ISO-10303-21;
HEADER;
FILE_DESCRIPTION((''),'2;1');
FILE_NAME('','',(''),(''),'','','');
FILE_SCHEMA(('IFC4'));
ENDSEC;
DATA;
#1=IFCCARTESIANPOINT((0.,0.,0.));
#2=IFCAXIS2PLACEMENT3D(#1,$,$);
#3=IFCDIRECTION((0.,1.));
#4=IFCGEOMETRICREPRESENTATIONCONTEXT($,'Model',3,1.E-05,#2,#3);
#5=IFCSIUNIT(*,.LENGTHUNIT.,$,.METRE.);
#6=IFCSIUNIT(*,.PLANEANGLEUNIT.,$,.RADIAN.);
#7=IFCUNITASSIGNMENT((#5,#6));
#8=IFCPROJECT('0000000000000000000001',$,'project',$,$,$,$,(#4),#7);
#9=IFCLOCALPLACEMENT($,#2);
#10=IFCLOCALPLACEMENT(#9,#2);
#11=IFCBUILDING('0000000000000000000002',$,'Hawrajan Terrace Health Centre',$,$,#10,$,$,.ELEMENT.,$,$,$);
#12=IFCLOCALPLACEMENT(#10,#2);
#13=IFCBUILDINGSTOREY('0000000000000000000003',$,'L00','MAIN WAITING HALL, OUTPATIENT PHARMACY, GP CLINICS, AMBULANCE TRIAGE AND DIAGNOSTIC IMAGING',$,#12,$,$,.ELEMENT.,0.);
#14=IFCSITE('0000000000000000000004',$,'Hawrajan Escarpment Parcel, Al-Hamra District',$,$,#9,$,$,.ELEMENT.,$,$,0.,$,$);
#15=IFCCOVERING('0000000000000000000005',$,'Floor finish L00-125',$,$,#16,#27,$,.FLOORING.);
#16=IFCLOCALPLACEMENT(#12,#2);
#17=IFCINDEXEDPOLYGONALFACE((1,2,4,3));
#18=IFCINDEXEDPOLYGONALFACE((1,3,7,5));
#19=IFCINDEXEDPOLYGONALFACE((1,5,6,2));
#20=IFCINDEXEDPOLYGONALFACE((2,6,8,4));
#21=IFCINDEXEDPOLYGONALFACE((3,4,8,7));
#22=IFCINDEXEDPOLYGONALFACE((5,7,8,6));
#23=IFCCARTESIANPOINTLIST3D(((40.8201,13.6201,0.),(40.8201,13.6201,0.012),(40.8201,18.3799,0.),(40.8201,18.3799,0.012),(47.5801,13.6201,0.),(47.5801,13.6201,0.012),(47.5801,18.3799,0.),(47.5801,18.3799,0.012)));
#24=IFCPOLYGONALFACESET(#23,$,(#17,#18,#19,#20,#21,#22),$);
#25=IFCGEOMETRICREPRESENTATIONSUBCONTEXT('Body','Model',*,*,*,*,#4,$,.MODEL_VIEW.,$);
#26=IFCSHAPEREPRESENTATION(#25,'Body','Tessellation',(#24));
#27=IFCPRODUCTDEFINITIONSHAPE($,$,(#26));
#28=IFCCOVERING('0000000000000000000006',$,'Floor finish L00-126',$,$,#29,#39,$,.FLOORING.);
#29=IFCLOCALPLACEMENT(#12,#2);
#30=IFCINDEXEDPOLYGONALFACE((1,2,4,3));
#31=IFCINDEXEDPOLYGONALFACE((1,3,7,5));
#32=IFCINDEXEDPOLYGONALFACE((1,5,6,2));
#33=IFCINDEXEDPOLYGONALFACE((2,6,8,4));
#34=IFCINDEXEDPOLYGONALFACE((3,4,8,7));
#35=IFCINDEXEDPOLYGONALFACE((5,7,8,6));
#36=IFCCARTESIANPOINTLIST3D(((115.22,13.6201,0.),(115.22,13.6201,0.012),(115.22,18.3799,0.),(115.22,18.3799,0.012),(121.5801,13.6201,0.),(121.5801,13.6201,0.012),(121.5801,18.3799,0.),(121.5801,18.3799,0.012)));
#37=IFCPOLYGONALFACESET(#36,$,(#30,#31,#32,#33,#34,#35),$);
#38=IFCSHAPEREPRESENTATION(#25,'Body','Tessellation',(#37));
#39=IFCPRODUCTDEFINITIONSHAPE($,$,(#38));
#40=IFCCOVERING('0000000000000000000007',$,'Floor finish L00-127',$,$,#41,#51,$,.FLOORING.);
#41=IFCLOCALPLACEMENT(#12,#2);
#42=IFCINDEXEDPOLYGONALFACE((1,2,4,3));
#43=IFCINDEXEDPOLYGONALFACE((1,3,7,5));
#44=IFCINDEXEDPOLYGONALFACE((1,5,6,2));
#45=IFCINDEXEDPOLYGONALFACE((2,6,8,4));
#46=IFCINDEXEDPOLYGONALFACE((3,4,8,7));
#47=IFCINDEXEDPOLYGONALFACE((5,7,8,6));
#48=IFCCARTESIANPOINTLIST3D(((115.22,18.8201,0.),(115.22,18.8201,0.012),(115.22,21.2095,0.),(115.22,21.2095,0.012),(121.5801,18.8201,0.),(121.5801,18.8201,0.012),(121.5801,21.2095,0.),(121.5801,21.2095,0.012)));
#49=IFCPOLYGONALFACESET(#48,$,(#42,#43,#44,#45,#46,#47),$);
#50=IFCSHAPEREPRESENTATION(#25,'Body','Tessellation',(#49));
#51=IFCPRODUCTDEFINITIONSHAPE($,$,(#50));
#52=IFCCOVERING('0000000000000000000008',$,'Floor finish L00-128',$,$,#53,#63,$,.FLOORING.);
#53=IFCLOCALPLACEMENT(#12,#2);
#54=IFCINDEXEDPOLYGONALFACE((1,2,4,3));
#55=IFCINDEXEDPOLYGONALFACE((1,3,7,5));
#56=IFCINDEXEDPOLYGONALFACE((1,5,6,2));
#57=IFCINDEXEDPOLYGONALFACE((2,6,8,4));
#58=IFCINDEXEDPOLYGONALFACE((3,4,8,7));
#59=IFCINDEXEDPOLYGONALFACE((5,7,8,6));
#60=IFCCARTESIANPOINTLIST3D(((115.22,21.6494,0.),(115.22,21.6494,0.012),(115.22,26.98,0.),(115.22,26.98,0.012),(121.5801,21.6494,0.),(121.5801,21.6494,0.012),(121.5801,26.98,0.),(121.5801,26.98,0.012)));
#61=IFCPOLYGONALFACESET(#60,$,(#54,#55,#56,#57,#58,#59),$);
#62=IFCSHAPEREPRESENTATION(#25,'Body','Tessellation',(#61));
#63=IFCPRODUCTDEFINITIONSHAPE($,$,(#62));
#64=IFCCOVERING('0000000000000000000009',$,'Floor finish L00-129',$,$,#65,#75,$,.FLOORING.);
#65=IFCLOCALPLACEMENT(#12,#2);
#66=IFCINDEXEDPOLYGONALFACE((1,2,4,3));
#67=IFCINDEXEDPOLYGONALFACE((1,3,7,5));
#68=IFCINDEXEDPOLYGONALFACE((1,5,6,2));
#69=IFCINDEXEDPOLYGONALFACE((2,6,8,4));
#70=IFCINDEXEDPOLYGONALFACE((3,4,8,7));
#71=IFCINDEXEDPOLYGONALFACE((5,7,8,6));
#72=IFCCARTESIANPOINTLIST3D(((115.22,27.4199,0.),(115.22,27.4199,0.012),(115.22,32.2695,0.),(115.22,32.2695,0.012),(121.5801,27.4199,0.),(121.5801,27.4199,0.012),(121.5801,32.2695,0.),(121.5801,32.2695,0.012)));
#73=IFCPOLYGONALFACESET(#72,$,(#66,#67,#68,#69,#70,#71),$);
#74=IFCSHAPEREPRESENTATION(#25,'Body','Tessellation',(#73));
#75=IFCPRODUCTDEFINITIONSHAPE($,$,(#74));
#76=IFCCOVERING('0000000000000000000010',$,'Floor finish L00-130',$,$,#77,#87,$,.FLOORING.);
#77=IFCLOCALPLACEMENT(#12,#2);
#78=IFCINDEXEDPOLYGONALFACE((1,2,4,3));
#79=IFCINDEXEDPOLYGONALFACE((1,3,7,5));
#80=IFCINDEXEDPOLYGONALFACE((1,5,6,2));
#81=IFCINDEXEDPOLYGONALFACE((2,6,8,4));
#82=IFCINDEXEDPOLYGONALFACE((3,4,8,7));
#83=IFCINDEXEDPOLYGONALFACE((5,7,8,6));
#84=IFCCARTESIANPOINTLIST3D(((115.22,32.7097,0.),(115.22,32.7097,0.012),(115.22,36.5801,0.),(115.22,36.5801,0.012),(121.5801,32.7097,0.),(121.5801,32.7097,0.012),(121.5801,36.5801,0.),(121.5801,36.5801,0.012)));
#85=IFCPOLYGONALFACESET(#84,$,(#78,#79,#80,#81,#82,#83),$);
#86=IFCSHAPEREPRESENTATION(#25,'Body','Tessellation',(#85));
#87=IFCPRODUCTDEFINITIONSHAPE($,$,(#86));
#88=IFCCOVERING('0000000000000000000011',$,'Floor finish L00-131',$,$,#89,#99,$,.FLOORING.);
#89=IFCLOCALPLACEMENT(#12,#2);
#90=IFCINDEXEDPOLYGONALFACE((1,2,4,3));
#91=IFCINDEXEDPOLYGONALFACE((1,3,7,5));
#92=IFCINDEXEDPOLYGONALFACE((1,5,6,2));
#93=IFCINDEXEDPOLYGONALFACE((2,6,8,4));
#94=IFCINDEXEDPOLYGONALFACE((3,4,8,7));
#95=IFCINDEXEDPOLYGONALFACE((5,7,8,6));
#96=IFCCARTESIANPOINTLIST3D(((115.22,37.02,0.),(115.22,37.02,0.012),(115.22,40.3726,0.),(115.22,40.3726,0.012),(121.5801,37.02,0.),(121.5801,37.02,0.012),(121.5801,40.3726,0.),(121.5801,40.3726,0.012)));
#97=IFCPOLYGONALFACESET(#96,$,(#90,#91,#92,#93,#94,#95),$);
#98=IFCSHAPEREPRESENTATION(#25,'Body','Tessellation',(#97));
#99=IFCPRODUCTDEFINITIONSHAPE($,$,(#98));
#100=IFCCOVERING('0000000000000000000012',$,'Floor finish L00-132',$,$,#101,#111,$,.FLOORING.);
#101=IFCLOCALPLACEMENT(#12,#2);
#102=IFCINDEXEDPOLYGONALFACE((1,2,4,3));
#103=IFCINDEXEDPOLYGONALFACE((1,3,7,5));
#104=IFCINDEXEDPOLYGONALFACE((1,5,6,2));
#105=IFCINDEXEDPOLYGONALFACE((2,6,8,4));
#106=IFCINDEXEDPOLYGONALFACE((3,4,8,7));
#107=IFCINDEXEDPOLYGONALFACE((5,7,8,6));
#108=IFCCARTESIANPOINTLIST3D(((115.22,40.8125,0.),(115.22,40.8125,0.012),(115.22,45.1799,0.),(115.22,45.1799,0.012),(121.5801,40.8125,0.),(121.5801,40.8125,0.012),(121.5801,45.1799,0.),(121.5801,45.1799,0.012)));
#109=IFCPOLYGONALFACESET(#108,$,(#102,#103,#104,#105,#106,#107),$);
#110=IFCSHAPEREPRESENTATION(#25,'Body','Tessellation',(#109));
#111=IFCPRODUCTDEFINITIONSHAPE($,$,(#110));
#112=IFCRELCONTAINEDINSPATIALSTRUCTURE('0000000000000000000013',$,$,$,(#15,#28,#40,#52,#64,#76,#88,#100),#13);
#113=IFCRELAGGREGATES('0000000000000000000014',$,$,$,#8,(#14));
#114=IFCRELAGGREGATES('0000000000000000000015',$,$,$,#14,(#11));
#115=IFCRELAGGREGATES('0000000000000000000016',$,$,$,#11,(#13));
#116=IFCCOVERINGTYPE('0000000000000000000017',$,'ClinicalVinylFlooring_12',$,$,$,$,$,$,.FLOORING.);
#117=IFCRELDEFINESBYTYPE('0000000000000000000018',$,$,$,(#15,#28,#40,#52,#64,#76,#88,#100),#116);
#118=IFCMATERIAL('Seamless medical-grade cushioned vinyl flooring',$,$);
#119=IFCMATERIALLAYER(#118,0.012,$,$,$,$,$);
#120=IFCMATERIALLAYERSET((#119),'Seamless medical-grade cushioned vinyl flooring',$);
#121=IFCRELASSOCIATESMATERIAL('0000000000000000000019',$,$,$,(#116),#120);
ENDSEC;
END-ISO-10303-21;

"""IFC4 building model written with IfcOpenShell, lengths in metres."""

from ifc_helpers import new_model, si_unit, direction, origin, place, context, subcontext, project, spatial, polyline, outline, extrude, material, layer, layer_set, type_object, element, save


model = new_model("IFC4")

# Units and contexts
model_context = context("Model", 3, precision=1e-05, world=origin(), true_north=direction((0.0, 1.0)))
body_context = subcontext(model_context, "Body", "Model", "MODEL_VIEW")
ifc_project = project(units=[si_unit("LENGTHUNIT", "METRE"), si_unit("PLANEANGLEUNIT", "RADIAN")], contexts=[model_context])

# Site, building, storey
site_placement = place(None, origin())
site = spatial("IfcSite", under=ifc_project, at=site_placement, Name="Hawrajan Escarpment Parcel, Al-Hamra District", CompositionType="ELEMENT", RefElevation=0.0)
building_placement = place(site_placement, origin())
building = spatial("IfcBuilding", under=site, at=building_placement, Name="Hawrajan Terrace Health Centre", CompositionType="ELEMENT")
storey_placement = place(building_placement, origin())
storey = spatial("IfcBuildingStorey", under=building, at=storey_placement, Name="L00", Description="MAIN WAITING HALL, OUTPATIENT PHARMACY, GP CLINICS, AMBULANCE TRIAGE AND DIAGNOSTIC IMAGING", CompositionType="ELEMENT", Elevation=0.0)

# Coverings
ifc_material = material(Name="Seamless medical-grade cushioned vinyl flooring")
ifc_layer = layer(ifc_material, 0.012)
ifc_layer_set = layer_set([ifc_layer], Name="Seamless medical-grade cushioned vinyl flooring")
covering_type = type_object("IfcCoveringType", Name="ClinicalVinylFlooring_12", PredefinedType="FLOORING", material=ifc_layer_set)
covering_1_placement = place(storey_placement, origin())
element("IfcCovering", 1, at=covering_1_placement, inside=storey, type_object=covering_type, Name="Floor finish L00-125", PredefinedType="FLOORING", context=body_context, shape_type="SweptSolid", body=[
    extrude(outline(polyline([(40.8201, 18.3799), (47.5801, 18.3799), (47.5801, 13.6201), (40.8201, 13.6201), (40.8201, 18.3799)])), origin(), (0.0, 0.0, 1.0), 0.012),
])
covering_2_placement = place(storey_placement, origin())
element("IfcCovering", 2, at=covering_2_placement, inside=storey, type_object=covering_type, Name="Floor finish L00-126", PredefinedType="FLOORING", context=body_context, shape_type="SweptSolid", body=[
    extrude(outline(polyline([(115.22, 18.3799), (121.5801, 18.3799), (121.5801, 13.6201), (115.22, 13.6201), (115.22, 18.3799)])), origin(), (0.0, 0.0, 1.0), 0.012),
])
covering_3_placement = place(storey_placement, origin())
element("IfcCovering", 3, at=covering_3_placement, inside=storey, type_object=covering_type, Name="Floor finish L00-127", PredefinedType="FLOORING", context=body_context, shape_type="SweptSolid", body=[
    extrude(outline(polyline([(115.22, 21.2095), (121.5801, 21.2095), (121.5801, 18.8201), (115.22, 18.8201), (115.22, 21.2095)])), origin(), (0.0, 0.0, 1.0), 0.012),
])
covering_4_placement = place(storey_placement, origin())
element("IfcCovering", 4, at=covering_4_placement, inside=storey, type_object=covering_type, Name="Floor finish L00-128", PredefinedType="FLOORING", context=body_context, shape_type="SweptSolid", body=[
    extrude(outline(polyline([(115.22, 26.98), (121.5801, 26.98), (121.5801, 21.6494), (115.22, 21.6494), (115.22, 26.98)])), origin(), (0.0, 0.0, 1.0), 0.012),
])
covering_5_placement = place(storey_placement, origin())
element("IfcCovering", 5, at=covering_5_placement, inside=storey, type_object=covering_type, Name="Floor finish L00-129", PredefinedType="FLOORING", context=body_context, shape_type="SweptSolid", body=[
    extrude(outline(polyline([(115.22, 32.2695), (121.5801, 32.2695), (121.5801, 27.4199), (115.22, 27.4199), (115.22, 32.2695)])), origin(), (0.0, 0.0, 1.0), 0.012),
])
covering_6_placement = place(storey_placement, origin())
element("IfcCovering", 6, at=covering_6_placement, inside=storey, type_object=covering_type, Name="Floor finish L00-130", PredefinedType="FLOORING", context=body_context, shape_type="SweptSolid", body=[
    extrude(outline(polyline([(115.22, 36.5801), (121.5801, 36.5801), (121.5801, 32.7097), (115.22, 32.7097), (115.22, 36.5801)])), origin(), (0.0, 0.0, 1.0), 0.012),
])
covering_7_placement = place(storey_placement, origin())
element("IfcCovering", 7, at=covering_7_placement, inside=storey, type_object=covering_type, Name="Floor finish L00-131", PredefinedType="FLOORING", context=body_context, shape_type="SweptSolid", body=[
    extrude(outline(polyline([(115.22, 40.3726), (121.5801, 40.3726), (121.5801, 37.02), (115.22, 37.02), (115.22, 40.3726)])), origin(), (0.0, 0.0, 1.0), 0.012),
])
covering_8_placement = place(storey_placement, origin())
element("IfcCovering", 8, at=covering_8_placement, inside=storey, type_object=covering_type, Name="Floor finish L00-132", PredefinedType="FLOORING", context=body_context, shape_type="SweptSolid", body=[
    extrude(outline(polyline([(115.22, 45.1799), (121.5801, 45.1799), (121.5801, 40.8125), (115.22, 40.8125), (115.22, 45.1799)])), origin(), (0.0, 0.0, 1.0), 0.012),
])

save(model, "model.ifc")
